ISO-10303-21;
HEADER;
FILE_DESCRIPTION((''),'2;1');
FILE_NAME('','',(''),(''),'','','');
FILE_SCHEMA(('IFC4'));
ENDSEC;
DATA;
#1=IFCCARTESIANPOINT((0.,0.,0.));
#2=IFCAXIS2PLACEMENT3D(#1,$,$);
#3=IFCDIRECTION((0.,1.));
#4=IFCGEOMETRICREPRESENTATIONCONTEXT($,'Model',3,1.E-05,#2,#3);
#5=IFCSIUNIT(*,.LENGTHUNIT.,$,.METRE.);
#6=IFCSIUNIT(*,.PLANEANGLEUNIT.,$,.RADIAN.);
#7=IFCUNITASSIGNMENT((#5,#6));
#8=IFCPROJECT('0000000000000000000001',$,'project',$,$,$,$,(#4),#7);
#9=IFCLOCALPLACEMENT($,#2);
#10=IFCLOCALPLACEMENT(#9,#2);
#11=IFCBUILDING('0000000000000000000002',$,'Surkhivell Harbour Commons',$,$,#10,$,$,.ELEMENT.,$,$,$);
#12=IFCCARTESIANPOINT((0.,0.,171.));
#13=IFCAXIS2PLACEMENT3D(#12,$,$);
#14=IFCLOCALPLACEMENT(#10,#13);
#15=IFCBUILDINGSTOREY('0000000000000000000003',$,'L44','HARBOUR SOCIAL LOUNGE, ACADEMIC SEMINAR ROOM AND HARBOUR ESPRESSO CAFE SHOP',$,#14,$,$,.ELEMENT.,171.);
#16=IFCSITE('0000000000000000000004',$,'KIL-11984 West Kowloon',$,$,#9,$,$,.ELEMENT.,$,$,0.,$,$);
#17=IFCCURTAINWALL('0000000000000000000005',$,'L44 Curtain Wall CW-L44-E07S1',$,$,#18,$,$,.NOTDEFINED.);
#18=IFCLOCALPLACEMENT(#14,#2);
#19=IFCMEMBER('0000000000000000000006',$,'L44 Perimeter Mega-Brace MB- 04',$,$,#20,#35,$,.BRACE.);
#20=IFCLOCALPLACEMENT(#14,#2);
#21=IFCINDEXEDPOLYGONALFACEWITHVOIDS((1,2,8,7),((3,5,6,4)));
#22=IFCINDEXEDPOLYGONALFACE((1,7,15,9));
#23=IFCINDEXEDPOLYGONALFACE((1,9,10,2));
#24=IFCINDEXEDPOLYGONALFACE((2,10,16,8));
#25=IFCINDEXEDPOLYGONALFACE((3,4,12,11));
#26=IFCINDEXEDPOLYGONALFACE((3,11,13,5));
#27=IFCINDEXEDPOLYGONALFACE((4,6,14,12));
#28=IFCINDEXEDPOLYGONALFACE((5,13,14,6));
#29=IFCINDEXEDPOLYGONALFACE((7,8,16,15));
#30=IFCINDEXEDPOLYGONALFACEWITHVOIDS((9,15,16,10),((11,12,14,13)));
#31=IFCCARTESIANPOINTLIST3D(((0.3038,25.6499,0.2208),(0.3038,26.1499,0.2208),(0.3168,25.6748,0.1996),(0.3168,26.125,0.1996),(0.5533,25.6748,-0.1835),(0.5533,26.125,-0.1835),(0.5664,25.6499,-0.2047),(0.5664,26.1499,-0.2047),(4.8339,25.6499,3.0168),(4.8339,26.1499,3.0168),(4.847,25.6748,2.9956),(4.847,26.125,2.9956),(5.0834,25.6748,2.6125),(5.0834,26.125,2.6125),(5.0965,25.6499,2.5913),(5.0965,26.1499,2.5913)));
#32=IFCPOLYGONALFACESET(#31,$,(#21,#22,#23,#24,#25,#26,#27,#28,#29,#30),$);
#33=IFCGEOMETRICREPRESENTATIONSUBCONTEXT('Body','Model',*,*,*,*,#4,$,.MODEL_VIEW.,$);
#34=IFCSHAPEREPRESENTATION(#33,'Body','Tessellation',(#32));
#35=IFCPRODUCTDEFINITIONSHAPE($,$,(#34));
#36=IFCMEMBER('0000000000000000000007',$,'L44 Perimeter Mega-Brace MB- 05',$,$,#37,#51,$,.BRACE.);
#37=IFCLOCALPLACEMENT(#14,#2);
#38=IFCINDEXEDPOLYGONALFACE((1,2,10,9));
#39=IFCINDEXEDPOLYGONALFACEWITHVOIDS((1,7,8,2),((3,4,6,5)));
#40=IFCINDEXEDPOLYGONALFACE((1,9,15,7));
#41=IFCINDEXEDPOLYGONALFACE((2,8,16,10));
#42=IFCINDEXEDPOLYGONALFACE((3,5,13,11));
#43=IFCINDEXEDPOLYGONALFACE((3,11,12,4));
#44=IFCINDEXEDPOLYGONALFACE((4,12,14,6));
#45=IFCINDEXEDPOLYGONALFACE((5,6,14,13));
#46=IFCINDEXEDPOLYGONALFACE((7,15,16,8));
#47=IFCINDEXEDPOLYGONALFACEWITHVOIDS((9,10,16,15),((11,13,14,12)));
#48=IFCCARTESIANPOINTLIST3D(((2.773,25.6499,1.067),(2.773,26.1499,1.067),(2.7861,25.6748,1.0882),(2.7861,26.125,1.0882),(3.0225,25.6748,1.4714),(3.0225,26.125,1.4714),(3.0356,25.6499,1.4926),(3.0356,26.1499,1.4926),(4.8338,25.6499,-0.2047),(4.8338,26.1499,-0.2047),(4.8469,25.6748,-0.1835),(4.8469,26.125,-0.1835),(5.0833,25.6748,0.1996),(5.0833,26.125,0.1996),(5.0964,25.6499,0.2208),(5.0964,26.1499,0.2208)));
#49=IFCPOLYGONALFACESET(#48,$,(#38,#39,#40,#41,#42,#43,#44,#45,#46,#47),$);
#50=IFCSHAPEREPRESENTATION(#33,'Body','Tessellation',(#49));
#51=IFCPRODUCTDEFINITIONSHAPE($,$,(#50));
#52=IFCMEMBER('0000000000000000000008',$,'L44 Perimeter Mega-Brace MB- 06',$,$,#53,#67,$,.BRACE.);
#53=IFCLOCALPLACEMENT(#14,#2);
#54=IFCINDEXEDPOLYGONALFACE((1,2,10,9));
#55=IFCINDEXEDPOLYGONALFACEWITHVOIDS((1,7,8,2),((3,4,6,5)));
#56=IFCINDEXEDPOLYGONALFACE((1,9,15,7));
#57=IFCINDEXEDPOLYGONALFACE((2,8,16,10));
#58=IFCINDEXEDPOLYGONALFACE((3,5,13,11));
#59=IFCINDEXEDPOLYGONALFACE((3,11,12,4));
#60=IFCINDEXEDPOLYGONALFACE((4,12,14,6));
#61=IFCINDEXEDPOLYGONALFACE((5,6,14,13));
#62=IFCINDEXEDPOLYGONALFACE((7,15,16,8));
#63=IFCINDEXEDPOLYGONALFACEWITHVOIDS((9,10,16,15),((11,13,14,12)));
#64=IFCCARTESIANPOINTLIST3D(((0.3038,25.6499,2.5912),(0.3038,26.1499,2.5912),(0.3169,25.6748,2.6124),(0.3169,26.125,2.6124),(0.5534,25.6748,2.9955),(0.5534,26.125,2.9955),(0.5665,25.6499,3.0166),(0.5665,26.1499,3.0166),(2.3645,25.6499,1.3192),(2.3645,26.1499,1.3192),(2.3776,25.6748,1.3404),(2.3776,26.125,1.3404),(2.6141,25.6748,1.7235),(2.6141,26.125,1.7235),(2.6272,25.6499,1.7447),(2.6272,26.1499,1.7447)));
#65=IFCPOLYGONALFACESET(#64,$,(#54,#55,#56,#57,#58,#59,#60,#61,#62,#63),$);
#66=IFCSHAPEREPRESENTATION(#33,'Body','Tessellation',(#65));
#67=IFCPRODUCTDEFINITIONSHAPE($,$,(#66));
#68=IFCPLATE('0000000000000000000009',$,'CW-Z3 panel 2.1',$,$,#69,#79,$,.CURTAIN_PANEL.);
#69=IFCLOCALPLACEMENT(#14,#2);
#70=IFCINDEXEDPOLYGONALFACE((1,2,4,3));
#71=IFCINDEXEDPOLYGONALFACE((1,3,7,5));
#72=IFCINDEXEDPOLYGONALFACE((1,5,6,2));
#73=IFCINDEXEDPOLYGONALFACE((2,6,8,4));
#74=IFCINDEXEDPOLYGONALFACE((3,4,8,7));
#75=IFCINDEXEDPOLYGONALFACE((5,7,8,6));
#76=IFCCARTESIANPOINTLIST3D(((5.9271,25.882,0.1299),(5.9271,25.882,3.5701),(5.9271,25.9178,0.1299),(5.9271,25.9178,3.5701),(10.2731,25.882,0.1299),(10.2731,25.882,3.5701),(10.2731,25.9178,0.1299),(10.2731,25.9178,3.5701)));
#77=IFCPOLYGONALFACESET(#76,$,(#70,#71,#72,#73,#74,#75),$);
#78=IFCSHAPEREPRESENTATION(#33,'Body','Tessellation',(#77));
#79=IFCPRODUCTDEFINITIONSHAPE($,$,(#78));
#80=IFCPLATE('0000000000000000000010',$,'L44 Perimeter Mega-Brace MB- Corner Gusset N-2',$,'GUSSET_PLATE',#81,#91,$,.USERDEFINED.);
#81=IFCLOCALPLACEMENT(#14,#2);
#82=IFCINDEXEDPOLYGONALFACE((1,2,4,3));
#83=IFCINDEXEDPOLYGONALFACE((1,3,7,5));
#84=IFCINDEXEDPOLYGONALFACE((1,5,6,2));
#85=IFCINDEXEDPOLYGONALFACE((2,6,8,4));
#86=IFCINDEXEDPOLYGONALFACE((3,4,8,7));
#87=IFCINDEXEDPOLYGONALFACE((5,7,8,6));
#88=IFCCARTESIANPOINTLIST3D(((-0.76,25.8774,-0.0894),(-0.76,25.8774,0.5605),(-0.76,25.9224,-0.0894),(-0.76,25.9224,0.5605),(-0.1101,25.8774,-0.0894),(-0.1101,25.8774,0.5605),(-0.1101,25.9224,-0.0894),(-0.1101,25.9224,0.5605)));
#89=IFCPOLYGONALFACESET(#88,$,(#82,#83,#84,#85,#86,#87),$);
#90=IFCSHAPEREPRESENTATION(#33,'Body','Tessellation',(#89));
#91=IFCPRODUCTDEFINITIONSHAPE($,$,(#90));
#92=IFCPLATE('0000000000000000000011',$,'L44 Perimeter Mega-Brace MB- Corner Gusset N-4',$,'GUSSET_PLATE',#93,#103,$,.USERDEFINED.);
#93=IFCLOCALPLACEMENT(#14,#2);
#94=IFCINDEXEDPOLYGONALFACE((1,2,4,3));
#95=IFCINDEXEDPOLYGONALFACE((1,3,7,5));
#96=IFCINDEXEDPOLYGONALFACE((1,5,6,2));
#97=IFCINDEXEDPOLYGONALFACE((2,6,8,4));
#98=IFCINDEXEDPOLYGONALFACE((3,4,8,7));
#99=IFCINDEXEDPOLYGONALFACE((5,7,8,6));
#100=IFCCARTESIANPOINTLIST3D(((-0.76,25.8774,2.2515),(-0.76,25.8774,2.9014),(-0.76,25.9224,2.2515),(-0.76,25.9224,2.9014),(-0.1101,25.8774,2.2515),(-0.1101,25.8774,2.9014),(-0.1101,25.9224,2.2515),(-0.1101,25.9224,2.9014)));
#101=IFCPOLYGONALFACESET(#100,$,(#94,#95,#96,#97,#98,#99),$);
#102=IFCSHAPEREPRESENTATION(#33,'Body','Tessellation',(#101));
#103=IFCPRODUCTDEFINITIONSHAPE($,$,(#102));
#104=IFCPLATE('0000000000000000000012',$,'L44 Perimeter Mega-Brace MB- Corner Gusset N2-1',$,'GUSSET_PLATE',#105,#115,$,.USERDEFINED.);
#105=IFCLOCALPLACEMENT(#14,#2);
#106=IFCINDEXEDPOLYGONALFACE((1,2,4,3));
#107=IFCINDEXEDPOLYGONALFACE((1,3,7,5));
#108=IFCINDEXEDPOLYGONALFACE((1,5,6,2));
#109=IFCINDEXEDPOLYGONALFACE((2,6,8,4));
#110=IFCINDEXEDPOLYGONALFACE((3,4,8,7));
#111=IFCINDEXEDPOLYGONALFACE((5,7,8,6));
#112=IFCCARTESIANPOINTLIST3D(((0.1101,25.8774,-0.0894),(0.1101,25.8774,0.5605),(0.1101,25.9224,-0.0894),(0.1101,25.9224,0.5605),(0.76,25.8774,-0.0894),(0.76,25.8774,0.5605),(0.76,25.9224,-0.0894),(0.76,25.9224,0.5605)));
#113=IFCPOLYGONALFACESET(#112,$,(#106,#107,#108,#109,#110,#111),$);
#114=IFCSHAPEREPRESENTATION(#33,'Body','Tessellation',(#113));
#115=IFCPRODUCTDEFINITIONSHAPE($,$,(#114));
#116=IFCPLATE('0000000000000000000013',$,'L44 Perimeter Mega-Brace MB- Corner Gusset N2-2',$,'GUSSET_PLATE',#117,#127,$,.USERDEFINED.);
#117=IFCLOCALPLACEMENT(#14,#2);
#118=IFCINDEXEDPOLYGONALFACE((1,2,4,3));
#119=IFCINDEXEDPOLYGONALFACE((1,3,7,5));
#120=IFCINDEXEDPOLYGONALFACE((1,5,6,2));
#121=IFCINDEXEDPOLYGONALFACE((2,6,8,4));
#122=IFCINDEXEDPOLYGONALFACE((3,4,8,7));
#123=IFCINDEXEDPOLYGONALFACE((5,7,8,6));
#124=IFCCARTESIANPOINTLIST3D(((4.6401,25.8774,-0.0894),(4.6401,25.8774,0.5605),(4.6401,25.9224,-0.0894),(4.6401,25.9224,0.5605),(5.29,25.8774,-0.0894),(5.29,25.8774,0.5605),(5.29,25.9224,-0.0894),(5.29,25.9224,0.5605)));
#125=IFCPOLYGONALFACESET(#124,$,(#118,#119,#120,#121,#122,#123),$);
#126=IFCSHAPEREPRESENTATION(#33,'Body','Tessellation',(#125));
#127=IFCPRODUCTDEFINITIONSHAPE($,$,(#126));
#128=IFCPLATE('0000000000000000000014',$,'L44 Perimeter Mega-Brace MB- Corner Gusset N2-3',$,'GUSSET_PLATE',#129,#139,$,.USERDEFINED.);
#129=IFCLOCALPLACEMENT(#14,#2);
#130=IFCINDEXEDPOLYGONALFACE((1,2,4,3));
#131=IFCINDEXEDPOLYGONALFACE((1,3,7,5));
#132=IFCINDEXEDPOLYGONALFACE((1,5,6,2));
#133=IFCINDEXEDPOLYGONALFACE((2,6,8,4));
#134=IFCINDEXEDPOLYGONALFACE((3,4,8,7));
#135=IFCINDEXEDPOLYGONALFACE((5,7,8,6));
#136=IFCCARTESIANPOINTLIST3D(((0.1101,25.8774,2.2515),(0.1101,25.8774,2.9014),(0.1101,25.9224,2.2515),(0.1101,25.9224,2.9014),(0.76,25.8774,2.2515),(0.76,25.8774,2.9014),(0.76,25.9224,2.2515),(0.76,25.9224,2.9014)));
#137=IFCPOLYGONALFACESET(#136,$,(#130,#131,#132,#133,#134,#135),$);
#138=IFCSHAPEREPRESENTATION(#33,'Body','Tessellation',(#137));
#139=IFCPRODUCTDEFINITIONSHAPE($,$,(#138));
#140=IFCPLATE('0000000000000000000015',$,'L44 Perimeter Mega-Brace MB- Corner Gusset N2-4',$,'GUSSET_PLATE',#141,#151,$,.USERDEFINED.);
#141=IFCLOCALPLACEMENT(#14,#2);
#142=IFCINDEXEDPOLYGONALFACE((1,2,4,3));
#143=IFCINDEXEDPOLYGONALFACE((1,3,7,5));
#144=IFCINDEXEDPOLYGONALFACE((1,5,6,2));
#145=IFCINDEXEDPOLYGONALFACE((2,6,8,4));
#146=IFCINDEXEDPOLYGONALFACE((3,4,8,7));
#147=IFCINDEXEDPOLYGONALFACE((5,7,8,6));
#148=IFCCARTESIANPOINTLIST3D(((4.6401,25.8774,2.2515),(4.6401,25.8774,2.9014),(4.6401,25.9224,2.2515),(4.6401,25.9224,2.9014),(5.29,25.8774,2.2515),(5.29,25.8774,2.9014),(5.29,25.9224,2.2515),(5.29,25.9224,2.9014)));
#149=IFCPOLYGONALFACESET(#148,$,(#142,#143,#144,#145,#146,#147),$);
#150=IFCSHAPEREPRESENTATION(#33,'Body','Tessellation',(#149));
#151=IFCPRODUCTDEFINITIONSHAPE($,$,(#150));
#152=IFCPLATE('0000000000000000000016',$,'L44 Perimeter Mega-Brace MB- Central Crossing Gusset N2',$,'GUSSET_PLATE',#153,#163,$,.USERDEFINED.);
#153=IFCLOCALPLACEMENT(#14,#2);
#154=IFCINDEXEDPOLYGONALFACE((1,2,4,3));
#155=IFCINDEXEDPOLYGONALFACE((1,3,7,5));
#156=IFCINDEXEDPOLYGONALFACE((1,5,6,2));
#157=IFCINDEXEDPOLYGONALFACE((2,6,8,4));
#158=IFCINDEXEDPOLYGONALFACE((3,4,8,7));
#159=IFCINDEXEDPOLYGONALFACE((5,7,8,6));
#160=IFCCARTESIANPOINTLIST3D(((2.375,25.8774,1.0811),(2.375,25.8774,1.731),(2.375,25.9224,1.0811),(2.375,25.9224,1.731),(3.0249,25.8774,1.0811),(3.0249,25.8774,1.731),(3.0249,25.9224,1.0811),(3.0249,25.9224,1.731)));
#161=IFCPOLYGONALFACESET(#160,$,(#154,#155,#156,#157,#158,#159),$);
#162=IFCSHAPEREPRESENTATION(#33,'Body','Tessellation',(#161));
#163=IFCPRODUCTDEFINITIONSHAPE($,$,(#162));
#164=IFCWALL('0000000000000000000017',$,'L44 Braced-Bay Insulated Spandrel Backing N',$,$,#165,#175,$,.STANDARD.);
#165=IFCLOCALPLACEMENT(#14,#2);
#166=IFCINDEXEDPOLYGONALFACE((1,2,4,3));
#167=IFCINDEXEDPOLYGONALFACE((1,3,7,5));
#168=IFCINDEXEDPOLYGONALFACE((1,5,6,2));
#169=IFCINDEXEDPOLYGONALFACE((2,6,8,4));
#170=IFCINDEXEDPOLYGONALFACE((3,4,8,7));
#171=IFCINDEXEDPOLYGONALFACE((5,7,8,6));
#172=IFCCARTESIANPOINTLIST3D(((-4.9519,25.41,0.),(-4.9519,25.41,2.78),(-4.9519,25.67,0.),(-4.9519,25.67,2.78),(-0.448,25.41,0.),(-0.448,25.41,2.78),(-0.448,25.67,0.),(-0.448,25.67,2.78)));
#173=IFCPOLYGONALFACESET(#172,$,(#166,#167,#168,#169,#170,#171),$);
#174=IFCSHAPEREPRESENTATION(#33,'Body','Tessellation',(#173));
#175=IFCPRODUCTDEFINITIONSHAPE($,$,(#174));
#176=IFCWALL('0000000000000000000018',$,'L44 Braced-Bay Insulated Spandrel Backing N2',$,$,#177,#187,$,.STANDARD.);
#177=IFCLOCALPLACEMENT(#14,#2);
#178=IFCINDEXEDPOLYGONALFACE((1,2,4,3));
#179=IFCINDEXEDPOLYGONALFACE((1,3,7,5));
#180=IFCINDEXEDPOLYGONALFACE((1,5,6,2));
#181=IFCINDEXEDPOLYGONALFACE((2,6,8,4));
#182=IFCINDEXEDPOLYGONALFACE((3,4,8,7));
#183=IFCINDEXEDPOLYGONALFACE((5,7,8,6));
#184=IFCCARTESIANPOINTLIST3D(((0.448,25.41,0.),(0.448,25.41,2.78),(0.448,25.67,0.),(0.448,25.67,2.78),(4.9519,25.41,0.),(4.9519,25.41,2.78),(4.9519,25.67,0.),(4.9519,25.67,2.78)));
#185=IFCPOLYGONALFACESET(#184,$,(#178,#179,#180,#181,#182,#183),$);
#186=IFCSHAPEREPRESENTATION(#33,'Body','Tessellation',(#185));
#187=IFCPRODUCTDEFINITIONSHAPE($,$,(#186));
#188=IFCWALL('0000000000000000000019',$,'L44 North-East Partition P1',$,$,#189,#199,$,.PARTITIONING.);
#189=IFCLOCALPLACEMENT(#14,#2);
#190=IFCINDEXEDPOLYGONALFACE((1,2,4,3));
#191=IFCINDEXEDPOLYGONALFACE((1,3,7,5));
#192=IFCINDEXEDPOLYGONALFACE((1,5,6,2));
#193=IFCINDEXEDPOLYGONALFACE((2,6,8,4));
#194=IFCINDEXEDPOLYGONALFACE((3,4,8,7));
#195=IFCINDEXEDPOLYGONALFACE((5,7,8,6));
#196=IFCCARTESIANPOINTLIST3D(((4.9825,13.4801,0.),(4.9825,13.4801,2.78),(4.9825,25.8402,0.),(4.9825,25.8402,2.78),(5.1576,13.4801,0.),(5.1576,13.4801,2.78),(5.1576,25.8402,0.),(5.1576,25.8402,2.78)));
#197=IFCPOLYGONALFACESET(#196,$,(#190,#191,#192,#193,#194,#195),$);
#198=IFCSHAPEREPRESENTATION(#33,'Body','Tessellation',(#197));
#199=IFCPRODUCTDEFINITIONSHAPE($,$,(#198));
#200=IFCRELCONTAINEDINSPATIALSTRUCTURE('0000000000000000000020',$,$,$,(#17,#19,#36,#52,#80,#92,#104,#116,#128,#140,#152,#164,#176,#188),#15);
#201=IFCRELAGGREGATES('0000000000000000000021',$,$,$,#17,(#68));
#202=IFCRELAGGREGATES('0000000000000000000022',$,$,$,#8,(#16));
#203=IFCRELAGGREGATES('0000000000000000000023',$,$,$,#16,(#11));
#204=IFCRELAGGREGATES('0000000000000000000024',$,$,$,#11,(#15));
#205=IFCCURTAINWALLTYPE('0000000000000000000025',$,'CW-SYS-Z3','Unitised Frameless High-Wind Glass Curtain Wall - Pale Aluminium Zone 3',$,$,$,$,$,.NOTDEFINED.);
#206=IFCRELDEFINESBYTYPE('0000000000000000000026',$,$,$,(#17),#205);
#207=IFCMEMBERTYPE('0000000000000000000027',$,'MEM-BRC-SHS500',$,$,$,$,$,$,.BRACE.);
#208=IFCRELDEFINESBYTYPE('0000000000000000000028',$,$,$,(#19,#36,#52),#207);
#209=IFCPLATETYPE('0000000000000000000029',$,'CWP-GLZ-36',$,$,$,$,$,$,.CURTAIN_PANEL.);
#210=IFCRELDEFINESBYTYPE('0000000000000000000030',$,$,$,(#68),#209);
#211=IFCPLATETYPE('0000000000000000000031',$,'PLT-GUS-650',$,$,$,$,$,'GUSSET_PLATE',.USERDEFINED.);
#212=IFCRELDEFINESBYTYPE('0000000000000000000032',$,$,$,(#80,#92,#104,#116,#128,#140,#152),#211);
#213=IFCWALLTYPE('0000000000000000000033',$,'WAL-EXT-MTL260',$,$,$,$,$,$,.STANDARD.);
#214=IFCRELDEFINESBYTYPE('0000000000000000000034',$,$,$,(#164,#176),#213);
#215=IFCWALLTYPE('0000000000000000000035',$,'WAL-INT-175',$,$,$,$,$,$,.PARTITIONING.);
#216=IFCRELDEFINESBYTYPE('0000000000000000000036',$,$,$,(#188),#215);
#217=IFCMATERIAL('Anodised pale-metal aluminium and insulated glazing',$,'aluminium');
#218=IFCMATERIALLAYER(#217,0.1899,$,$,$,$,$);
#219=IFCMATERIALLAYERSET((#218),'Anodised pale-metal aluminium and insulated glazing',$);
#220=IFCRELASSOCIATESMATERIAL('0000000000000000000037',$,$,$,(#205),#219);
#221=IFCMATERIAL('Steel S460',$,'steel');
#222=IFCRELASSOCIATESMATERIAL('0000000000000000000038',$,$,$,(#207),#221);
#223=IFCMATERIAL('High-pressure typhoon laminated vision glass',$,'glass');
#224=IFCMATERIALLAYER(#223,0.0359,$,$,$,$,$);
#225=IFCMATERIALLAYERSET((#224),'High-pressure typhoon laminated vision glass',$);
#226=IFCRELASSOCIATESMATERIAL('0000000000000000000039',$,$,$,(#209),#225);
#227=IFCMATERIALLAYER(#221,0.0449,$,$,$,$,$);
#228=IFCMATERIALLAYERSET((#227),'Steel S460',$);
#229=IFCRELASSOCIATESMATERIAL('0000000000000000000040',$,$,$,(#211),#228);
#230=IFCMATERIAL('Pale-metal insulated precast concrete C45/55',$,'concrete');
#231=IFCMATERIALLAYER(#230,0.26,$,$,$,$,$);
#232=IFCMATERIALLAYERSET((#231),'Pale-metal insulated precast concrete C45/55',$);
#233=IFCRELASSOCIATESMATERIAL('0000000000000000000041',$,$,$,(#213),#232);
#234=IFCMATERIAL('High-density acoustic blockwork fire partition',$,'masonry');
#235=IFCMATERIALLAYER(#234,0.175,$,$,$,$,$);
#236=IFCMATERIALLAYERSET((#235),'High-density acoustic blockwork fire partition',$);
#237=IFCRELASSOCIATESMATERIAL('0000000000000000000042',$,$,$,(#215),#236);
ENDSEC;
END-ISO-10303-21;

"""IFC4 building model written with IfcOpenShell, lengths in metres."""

from ifc_helpers import new_model, si_unit, direction, frame, frame_2d, origin, origin_2d, place, context, subcontext, project, spatial, rectangle, hollow_rectangle, extrude, material, layer, layer_set, material_profile, profile_set, type_object, element, aggregate, save


model = new_model("IFC4")

# Units and contexts
model_context = context("Model", 3, precision=1e-05, world=origin(), true_north=direction((0.0, 1.0)))
body_context = subcontext(model_context, "Body", "Model", "MODEL_VIEW")
ifc_project = project(units=[si_unit("LENGTHUNIT", "METRE"), si_unit("PLANEANGLEUNIT", "RADIAN")], contexts=[model_context])

# Site, building, storey
site_placement = place(None, origin())
site = spatial("IfcSite", under=ifc_project, at=site_placement, Name="KIL-11984 West Kowloon", CompositionType="ELEMENT", RefElevation=0.0)
building_placement = place(site_placement, origin())
building = spatial("IfcBuilding", under=site, at=building_placement, Name="Surkhivell Harbour Commons", CompositionType="ELEMENT")
storey_placement = place(building_placement, frame((0.0, 0.0, 171.0)))
storey = spatial("IfcBuildingStorey", under=building, at=storey_placement, Name="L44", Description="HARBOUR SOCIAL LOUNGE, ACADEMIC SEMINAR ROOM AND HARBOUR ESPRESSO CAFE SHOP", CompositionType="ELEMENT", Elevation=171.0)

# Curtain wall
ifc_material_1 = material(Name="Anodised pale-metal aluminium and insulated glazing", Category="aluminium")
ifc_layer_1 = layer(ifc_material_1, 0.1899)
ifc_layer_set_1 = layer_set([ifc_layer_1], Name="Anodised pale-metal aluminium and insulated glazing")
curtain_wall_type = type_object("IfcCurtainWallType", Name="CW-SYS-Z3", Description="Unitised Frameless High-Wind Glass Curtain Wall - Pale Aluminium Zone 3", PredefinedType="NOTDEFINED", material=ifc_layer_set_1)
curtain_wall_placement = place(storey_placement, origin())
curtain_wall = element("IfcCurtainWall", 1, at=curtain_wall_placement, inside=storey, type_object=curtain_wall_type, Name="L44 Curtain Wall CW-L44-E07S1", PredefinedType="NOTDEFINED")

# Members
ifc_material_2 = material(Name="Steel S460", Category="steel")
ifc_material_profile_1 = material_profile(ifc_material_2, hollow_rectangle(XDim=0.5, YDim=0.5, WallThickness=0.0249, at=origin_2d()), Name="SHS500x500x25")
ifc_profile_set_1 = profile_set([ifc_material_profile_1], Name="Steel S460")
member_type_1 = type_object("IfcMemberType", Name="MEM-BRC-SHS500", PredefinedType="BRACE", material=ifc_profile_set_1)
member_1_placement = place(storey_placement, frame((0.4351, 25.8999, 0.0081), z_axis=(0.850971, 0.0, 0.525213), x_axis=(0.0, 1.0, 0.0)))
element("IfcMember", 2, at=member_1_placement, inside=storey, type_object=member_type_1, Name="L44 Perimeter Mega-Brace MB- 04", PredefinedType="BRACE", context=body_context, shape_type="SweptSolid", body=[
    extrude(hollow_rectangle(XDim=0.5, YDim=0.5, WallThickness=0.0249, at=origin_2d()), origin(), (0.0, 0.0, 1.0), 5.3235),
])
for number, where, z_axis, x_axis, name in (
    (3, (4.9651, 25.8999, 0.0081), (-0.851003, 0.0, 0.52516), (0.0, -1.0, 0.0), "L44 Perimeter Mega-Brace MB- 05"),
    (4, (2.4958, 25.8999, 1.532), (-0.850958, 0.0, 0.525233), (0.0, -1.0, 0.0), "L44 Perimeter Mega-Brace MB- 06"),
):
    element("IfcMember", number, at=place(storey_placement, frame(where, z_axis=z_axis, x_axis=x_axis)), inside=storey, type_object=member_type_1, Name=name, PredefinedType="BRACE", context=body_context, shape_type="SweptSolid", body=[
        extrude(hollow_rectangle(XDim=0.5, YDim=0.5, WallThickness=0.0249, at=origin_2d()), origin(), (0.0, 0.0, 1.0), 2.4216),
    ])

# Plate
ifc_material_3 = material(Name="High-pressure typhoon laminated vision glass", Category="glass")
ifc_layer_2 = layer(ifc_material_3, 0.0359)
ifc_layer_set_2 = layer_set([ifc_layer_2], Name="High-pressure typhoon laminated vision glass")
plate_type_1 = type_object("IfcPlateType", Name="CWP-GLZ-36", PredefinedType="CURTAIN_PANEL", material=ifc_layer_set_2)
plate_placement = place(storey_placement, frame((10.2729, 25.8999, 0.1299), z_axis=(0.0, 0.0, 1.0), x_axis=(-1.0, 0.0, 0.0)))
plate = element("IfcPlate", 5, at=plate_placement, type_object=plate_type_1, Name="CW-Z3 panel 2.1", PredefinedType="CURTAIN_PANEL", context=body_context, shape_type="SweptSolid", body=[
    extrude(rectangle(XDim=4.3459, YDim=0.0359, at=frame_2d((2.1729, 0.0))), origin(), (0.0, 0.0, 1.0), 3.4402),
])
aggregate(curtain_wall, [plate])

# Plates
ifc_layer_3 = layer(ifc_material_2, 0.0449)
ifc_layer_set_3 = layer_set([ifc_layer_3], Name="Steel S460")
plate_type_2 = type_object("IfcPlateType", Name="PLT-GUS-650", ElementType="GUSSET_PLATE", PredefinedType="USERDEFINED", material=ifc_layer_set_3)
for number, where, z_axis, x_axis, name in (
    (6, (-0.4351, 25.8999, -0.0894), (0.0, 0.0, 1.0), (1.0, 0.0, 0.0), "L44 Perimeter Mega-Brace MB- Corner Gusset N-2"),
    (7, (-0.4351, 25.8999, 2.2515), (0.0, 0.0, 1.0), (1.0, 0.0, 0.0), "L44 Perimeter Mega-Brace MB- Corner Gusset N-4"),
    (8, (0.4351, 25.8999, -0.0894), (0.0, 0.0, 1.0), (1.0, 0.0, 0.0), "L44 Perimeter Mega-Brace MB- Corner Gusset N2-1"),
    (9, (4.9651, 25.8999, -0.0894), (0.0, 0.0, 1.0), (1.0, 0.0, 0.0), "L44 Perimeter Mega-Brace MB- Corner Gusset N2-2"),
    (10, (0.4351, 25.8999, 2.2515), (0.0, 0.0, 1.0), (1.0, 0.0, 0.0), "L44 Perimeter Mega-Brace MB- Corner Gusset N2-3"),
    (11, (4.9651, 25.8999, 2.2515), (0.0, 0.0, 1.0), (1.0, 0.0, 0.0), "L44 Perimeter Mega-Brace MB- Corner Gusset N2-4"),
    (12, (2.7, 25.8999, 1.0811), (0.0, 0.0, 1.0), (1.0, 0.0, 0.0), "L44 Perimeter Mega-Brace MB- Central Crossing Gusset N2"),
):
    element("IfcPlate", number, at=place(storey_placement, frame(where, z_axis=z_axis, x_axis=x_axis)), inside=storey, type_object=plate_type_2, Name=name, ObjectType="GUSSET_PLATE", PredefinedType="USERDEFINED", context=body_context, shape_type="SweptSolid", body=[
        extrude(rectangle(XDim=0.6499, YDim=0.0449, at=origin_2d()), origin(), (0.0, 0.0, 1.0), 0.6499),
    ])

# Walls
ifc_material_4 = material(Name="Pale-metal insulated precast concrete C45/55", Category="concrete")
ifc_layer_4 = layer(ifc_material_4, 0.26)
ifc_layer_set_4 = layer_set([ifc_layer_4], Name="Pale-metal insulated precast concrete C45/55")
wall_type_1 = type_object("IfcWallType", Name="WAL-EXT-MTL260", PredefinedType="STANDARD", material=ifc_layer_set_4)
for number, where, z_axis, x_axis, name in (
    (13, (-0.448, 25.54, 0.0), (0.0, 0.0, 1.0), (-1.0, 0.0, 0.0), "L44 Braced-Bay Insulated Spandrel Backing N"),
    (14, (4.9519, 25.54, 0.0), (0.0, 0.0, 1.0), (-1.0, 0.0, 0.0), "L44 Braced-Bay Insulated Spandrel Backing N2"),
):
    element("IfcWall", number, at=place(storey_placement, frame(where, z_axis=z_axis, x_axis=x_axis)), inside=storey, type_object=wall_type_1, Name=name, PredefinedType="STANDARD", context=body_context, shape_type="SweptSolid", body=[
        extrude(rectangle(XDim=4.5039, YDim=0.26, at=frame_2d((2.252, 0.0))), origin(), (0.0, 0.0, 1.0), 2.78),
    ])
ifc_material_5 = material(Name="High-density acoustic blockwork fire partition", Category="masonry")
ifc_layer_5 = layer(ifc_material_5, 0.175)
ifc_layer_set_5 = layer_set([ifc_layer_5], Name="High-density acoustic blockwork fire partition")
wall_type_2 = type_object("IfcWallType", Name="WAL-INT-175", PredefinedType="PARTITIONING", material=ifc_layer_set_5)
wall_placement = place(storey_placement, frame((5.0701, 13.48, 0.0), z_axis=(0.0, 0.0, 1.0), x_axis=(0.0, 1.0, 0.0)))
element("IfcWall", 15, at=wall_placement, inside=storey, type_object=wall_type_2, Name="L44 North-East Partition P1", PredefinedType="PARTITIONING", context=body_context, shape_type="SweptSolid", body=[
    extrude(rectangle(XDim=12.3601, YDim=0.175, at=frame_2d((6.1802, 0.0))), origin(), (0.0, 0.0, 1.0), 2.78),
])

save(model, "model.ifc")
